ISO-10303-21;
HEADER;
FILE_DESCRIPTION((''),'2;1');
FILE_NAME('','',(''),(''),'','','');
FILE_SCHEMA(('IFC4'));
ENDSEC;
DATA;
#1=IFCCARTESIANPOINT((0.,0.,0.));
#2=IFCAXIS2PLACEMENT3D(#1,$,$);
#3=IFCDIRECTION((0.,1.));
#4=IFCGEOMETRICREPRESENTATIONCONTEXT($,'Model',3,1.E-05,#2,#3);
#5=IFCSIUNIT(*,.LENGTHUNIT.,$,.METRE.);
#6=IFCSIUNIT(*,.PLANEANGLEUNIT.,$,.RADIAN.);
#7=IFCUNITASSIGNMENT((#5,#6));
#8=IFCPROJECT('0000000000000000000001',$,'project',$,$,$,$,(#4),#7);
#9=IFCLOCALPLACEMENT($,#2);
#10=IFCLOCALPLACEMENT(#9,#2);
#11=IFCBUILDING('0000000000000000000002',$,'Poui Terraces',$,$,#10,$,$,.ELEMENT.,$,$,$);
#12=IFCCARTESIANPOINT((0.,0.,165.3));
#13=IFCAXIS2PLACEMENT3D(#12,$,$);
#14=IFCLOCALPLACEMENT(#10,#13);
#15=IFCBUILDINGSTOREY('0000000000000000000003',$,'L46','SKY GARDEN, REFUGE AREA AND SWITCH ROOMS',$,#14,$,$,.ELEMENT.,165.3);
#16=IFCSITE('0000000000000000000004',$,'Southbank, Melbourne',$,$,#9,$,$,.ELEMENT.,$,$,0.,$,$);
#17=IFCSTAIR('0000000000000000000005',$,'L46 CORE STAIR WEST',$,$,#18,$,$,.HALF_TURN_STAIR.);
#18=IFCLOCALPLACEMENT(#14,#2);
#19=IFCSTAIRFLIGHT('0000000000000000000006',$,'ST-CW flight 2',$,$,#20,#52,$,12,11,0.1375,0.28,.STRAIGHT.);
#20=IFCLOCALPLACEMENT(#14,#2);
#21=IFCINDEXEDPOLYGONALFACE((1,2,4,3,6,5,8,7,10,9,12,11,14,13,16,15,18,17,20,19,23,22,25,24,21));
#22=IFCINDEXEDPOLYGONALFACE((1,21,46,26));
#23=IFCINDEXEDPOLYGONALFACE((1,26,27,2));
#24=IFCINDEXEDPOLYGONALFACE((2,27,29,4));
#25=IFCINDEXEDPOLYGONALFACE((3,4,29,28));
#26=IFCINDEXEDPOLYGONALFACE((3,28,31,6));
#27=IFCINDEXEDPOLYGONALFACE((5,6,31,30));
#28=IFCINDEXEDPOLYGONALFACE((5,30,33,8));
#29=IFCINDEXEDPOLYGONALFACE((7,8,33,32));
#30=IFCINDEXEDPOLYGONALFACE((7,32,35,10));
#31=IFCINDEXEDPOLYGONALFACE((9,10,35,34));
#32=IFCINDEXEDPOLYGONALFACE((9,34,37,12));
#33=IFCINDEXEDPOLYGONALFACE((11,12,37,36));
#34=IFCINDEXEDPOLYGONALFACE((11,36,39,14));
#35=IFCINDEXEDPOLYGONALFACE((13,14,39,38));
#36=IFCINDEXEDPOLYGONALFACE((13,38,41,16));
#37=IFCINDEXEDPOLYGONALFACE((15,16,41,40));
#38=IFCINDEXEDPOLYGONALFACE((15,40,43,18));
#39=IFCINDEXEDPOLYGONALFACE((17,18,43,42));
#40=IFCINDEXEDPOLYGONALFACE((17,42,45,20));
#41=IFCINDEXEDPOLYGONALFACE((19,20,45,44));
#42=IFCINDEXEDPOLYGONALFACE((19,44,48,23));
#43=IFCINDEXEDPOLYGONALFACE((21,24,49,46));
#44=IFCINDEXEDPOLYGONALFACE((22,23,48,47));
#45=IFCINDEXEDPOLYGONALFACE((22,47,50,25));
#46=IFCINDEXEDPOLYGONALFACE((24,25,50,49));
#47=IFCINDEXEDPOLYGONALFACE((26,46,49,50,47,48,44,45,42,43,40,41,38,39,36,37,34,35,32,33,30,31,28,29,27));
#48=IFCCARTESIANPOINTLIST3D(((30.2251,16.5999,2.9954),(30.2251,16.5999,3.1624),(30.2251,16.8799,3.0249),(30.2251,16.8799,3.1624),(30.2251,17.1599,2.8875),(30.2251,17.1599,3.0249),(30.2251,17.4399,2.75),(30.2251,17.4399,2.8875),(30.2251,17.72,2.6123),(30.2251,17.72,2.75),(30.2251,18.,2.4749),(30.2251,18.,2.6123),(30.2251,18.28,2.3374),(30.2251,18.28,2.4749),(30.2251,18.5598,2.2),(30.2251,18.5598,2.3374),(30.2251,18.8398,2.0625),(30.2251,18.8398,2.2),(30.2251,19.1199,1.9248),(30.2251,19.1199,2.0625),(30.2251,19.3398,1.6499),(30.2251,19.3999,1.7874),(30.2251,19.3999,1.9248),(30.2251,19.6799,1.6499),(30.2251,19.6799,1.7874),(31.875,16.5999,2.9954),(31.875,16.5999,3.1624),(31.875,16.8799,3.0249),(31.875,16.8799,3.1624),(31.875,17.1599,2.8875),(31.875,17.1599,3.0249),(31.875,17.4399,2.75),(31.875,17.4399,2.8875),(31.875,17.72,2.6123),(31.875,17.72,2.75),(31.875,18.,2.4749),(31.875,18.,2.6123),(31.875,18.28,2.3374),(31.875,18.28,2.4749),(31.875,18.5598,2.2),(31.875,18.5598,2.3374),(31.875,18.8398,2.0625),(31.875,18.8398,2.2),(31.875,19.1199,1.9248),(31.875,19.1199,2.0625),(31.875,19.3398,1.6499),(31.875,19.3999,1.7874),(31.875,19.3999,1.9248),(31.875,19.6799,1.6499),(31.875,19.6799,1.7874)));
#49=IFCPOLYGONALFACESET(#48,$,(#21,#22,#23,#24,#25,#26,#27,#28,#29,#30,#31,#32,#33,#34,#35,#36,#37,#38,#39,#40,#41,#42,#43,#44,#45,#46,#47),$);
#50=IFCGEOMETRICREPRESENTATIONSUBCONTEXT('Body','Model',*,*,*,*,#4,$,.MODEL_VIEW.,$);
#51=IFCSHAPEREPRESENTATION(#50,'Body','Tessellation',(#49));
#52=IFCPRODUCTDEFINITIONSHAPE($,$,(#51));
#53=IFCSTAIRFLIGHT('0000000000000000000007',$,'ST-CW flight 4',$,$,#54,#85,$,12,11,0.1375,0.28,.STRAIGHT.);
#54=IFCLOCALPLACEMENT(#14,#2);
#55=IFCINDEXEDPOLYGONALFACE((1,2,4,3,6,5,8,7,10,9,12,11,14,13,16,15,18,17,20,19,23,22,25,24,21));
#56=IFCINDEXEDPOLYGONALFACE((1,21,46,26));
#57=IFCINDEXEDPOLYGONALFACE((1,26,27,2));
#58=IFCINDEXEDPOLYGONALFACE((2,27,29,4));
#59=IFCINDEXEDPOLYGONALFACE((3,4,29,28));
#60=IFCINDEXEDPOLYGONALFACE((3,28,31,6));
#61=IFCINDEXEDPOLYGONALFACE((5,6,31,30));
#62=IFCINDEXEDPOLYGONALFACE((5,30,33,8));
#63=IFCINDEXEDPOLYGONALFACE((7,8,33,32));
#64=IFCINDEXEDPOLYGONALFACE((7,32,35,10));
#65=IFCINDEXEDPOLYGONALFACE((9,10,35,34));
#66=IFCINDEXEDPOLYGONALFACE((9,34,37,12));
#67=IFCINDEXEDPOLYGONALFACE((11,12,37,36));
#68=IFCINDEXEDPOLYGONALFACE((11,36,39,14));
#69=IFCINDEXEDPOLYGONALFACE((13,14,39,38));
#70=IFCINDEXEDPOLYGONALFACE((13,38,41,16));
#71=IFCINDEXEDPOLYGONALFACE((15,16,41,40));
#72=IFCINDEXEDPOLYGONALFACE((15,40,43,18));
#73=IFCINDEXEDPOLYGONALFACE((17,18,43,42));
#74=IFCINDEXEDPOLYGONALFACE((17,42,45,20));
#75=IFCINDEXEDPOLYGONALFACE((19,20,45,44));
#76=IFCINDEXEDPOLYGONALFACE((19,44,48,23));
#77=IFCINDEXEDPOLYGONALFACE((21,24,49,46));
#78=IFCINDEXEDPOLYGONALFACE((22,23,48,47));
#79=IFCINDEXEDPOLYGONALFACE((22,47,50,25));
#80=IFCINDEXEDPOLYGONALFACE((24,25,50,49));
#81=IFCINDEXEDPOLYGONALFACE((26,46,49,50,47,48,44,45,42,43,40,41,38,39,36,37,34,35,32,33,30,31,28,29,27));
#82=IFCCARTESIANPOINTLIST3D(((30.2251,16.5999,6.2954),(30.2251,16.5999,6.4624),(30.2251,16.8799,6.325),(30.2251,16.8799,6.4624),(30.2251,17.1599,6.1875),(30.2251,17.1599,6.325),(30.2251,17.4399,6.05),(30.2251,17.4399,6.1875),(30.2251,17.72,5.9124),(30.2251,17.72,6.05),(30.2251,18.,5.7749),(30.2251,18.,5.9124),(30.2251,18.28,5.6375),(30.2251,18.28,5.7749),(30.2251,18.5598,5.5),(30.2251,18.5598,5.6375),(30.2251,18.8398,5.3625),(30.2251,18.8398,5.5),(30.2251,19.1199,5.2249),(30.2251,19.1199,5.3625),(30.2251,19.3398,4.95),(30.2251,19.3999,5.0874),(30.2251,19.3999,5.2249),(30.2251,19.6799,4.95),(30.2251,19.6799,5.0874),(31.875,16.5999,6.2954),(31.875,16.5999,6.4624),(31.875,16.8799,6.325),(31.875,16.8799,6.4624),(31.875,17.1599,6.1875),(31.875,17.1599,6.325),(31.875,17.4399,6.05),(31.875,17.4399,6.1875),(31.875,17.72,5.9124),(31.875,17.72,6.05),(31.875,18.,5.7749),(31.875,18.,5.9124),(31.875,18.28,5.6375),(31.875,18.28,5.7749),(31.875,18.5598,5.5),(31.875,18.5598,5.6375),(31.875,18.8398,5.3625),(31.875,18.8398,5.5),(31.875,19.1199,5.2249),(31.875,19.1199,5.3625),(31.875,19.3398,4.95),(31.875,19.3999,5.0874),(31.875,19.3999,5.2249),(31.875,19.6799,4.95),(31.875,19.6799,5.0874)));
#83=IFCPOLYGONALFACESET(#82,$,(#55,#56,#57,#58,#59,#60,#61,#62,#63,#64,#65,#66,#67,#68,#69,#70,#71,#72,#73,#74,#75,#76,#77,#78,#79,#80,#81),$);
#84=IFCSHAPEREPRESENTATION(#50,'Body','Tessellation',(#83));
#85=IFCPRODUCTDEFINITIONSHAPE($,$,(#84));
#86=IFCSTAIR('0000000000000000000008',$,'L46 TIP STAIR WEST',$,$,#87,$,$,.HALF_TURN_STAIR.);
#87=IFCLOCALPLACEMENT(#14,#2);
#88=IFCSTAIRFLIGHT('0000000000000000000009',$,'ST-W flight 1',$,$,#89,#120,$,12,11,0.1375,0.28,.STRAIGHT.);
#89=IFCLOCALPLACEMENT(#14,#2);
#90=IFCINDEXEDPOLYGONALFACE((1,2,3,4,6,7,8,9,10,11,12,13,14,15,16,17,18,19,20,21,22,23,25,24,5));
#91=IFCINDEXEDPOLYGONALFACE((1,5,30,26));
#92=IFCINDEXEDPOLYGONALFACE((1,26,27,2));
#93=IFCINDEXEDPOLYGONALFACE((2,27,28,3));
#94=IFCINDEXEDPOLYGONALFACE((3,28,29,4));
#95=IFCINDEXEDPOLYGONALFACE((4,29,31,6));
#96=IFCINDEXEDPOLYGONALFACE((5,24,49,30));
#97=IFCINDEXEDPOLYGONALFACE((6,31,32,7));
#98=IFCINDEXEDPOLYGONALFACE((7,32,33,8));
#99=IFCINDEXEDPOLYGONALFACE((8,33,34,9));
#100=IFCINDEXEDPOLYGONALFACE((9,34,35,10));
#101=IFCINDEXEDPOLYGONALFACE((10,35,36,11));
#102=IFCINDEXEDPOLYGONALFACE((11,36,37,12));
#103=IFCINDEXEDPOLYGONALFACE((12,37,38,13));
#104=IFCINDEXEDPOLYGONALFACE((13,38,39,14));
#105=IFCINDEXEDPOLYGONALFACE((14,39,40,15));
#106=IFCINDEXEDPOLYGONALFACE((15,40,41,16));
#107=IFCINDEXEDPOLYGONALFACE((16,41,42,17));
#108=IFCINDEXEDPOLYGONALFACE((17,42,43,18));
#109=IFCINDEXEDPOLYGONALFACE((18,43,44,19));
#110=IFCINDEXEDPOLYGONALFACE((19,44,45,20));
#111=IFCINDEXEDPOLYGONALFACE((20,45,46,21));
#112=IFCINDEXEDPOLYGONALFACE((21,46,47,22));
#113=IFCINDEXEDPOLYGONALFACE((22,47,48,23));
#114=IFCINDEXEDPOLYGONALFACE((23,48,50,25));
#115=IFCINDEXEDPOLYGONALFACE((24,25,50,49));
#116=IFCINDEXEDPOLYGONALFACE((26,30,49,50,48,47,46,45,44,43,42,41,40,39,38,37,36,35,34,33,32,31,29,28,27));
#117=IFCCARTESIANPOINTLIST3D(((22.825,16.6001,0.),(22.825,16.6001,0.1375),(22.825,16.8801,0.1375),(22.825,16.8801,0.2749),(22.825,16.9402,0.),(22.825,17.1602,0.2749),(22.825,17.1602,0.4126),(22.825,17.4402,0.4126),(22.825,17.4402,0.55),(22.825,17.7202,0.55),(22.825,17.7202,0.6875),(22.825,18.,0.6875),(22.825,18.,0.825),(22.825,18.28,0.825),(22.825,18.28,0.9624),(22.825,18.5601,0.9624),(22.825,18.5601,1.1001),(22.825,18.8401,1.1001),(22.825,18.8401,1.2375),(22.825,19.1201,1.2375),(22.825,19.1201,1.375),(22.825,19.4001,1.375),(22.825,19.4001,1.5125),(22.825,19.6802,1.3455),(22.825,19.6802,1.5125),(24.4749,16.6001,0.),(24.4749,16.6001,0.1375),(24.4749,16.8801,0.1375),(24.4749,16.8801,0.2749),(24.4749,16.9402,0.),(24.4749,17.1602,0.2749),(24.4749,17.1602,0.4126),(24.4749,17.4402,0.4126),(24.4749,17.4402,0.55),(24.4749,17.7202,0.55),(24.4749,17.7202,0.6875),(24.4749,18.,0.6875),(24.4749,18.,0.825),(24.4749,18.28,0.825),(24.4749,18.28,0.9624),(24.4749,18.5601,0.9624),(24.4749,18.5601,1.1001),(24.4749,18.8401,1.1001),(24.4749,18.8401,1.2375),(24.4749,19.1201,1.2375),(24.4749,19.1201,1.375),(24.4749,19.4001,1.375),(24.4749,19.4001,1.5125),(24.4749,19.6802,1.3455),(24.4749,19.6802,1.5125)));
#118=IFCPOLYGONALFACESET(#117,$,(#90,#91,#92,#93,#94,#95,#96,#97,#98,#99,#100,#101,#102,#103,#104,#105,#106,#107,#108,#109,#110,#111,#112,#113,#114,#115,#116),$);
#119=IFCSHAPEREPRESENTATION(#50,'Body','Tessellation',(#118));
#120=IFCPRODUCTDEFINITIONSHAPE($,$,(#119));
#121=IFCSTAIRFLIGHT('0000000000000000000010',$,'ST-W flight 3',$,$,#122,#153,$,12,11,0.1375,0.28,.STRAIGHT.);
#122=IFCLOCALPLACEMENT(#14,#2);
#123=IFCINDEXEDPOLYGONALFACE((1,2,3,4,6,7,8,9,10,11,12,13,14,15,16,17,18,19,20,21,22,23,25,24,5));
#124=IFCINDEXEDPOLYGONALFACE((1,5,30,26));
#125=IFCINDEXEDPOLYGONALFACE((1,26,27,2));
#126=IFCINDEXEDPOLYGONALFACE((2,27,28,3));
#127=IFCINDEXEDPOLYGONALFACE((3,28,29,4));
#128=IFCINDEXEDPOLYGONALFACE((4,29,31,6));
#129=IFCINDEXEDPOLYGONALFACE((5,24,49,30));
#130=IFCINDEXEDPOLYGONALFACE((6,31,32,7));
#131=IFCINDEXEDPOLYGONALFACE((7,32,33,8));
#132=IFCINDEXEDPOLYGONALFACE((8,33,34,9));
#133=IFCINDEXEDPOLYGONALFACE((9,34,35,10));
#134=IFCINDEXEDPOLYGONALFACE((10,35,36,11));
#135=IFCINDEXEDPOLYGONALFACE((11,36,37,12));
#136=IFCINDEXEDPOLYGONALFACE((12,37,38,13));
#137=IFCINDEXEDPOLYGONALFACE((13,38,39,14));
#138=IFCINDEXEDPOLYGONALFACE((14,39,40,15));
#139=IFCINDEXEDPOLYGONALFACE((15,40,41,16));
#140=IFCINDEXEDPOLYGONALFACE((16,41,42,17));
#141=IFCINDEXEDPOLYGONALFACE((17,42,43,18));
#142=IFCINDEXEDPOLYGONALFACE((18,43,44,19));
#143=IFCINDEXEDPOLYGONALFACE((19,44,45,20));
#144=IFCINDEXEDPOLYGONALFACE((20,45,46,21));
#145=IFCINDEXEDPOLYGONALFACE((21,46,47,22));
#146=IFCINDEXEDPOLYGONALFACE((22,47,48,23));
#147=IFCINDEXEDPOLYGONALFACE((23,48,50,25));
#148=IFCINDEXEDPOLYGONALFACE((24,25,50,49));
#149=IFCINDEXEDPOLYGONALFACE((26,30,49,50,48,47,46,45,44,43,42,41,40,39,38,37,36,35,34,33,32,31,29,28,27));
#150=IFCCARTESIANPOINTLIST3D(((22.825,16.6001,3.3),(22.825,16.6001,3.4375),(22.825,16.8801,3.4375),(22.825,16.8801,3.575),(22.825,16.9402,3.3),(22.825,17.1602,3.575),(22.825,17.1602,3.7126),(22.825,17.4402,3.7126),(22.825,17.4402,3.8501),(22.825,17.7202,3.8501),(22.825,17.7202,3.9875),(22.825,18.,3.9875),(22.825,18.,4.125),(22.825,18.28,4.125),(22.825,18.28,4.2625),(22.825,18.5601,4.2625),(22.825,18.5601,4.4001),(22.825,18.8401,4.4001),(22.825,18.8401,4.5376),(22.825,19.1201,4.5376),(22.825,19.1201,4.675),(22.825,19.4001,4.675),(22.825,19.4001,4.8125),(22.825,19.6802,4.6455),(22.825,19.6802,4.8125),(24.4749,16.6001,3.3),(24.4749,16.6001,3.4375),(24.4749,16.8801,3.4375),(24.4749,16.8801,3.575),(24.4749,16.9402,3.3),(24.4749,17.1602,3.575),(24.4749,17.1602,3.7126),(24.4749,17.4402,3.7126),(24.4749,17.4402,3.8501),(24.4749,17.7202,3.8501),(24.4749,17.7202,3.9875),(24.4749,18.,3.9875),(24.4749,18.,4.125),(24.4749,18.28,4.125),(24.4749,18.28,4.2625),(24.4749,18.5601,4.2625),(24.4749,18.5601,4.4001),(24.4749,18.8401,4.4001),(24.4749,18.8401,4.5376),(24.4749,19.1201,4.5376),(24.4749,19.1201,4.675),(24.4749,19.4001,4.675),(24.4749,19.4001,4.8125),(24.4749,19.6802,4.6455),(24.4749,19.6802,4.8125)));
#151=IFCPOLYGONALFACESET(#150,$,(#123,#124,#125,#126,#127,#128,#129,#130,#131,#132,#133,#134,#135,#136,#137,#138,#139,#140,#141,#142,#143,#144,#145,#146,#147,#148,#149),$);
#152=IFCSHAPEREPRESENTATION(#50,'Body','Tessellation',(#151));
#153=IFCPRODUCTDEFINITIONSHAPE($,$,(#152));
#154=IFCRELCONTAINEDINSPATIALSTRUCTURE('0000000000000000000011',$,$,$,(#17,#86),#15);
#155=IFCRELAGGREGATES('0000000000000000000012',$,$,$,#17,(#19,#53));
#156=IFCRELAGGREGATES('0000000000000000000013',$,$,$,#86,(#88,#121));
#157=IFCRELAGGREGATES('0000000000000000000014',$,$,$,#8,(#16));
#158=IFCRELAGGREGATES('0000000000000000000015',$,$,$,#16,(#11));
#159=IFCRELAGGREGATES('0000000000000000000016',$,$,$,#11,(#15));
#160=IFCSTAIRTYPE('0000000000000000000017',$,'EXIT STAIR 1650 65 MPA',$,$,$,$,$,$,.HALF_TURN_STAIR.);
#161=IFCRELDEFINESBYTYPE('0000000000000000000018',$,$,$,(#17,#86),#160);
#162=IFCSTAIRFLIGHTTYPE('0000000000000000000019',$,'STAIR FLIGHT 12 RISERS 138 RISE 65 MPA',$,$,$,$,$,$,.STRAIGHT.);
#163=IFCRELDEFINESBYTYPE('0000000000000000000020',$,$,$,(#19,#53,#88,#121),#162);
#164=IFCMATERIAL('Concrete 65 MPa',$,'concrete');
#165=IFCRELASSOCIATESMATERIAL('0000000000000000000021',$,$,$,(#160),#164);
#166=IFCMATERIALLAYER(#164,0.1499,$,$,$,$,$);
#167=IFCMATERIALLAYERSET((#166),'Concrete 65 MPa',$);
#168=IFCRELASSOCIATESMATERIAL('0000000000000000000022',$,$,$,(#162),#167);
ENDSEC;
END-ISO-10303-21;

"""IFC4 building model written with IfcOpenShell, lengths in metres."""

from ifc_helpers import new_model, si_unit, direction, frame, origin, place, context, subcontext, project, spatial, polyline, outline, extrude, material, layer, layer_set, type_object, element, aggregate, save


model = new_model("IFC4")

# Units and contexts
model_context = context("Model", 3, precision=1e-05, world=origin(), true_north=direction((0.0, 1.0)))
body_context = subcontext(model_context, "Body", "Model", "MODEL_VIEW")
ifc_project = project(units=[si_unit("LENGTHUNIT", "METRE"), si_unit("PLANEANGLEUNIT", "RADIAN")], contexts=[model_context])

# Site, building, storey
site_placement = place(None, origin())
site = spatial("IfcSite", under=ifc_project, at=site_placement, Name="Southbank, Melbourne", CompositionType="ELEMENT", RefElevation=0.0)
building_placement = place(site_placement, origin())
building = spatial("IfcBuilding", under=site, at=building_placement, Name="Poui Terraces", CompositionType="ELEMENT")
storey_placement = place(building_placement, frame((0.0, 0.0, 165.3)))
storey = spatial("IfcBuildingStorey", under=building, at=storey_placement, Name="L46", Description="SKY GARDEN, REFUGE AREA AND SWITCH ROOMS", CompositionType="ELEMENT", Elevation=165.3)

# Stairs, stair flights
ifc_material_1 = material(Name="Concrete 65 MPa", Category="concrete")
stair_type = type_object("IfcStairType", Name="EXIT STAIR 1650 65 MPA", PredefinedType="HALF_TURN_STAIR", material=ifc_material_1)
stair_1_placement = place(storey_placement, origin())
stair_1 = element("IfcStair", 1, at=stair_1_placement, inside=storey, type_object=stair_type, Name="L46 CORE STAIR WEST", PredefinedType="HALF_TURN_STAIR")
ifc_layer = layer(ifc_material_1, 0.1499)
ifc_layer_set = layer_set([ifc_layer], Name="Concrete 65 MPa")
stair_flight_type = type_object("IfcStairFlightType", Name="STAIR FLIGHT 12 RISERS 138 RISE 65 MPA", PredefinedType="STRAIGHT", material=ifc_layer_set)
stair_flight_1_placement = place(storey_placement, frame((31.05, 19.6799, 1.6499), z_axis=(0.0, 0.0, 1.0), x_axis=(0.0, -1.0, 0.0)))
stair_flight_1 = element("IfcStairFlight", 2, at=stair_flight_1_placement, type_object=stair_flight_type, Name="ST-CW flight 2", NumberOfRisers=12, NumberOfTreads=11, PredefinedType="STRAIGHT", RiserHeight=0.1375, TreadLength=0.28, context=body_context, shape_type="SweptSolid", body=[
    extrude(outline(polyline([(0.0, 0.0), (0.0, 0.1375), (0.28, 0.1375), (0.28, 0.2749), (0.5601, 0.2749), (0.5601, 0.4126), (0.8401, 0.4126), (0.8401, 0.55), (1.1201, 0.55), (1.1201, 0.6875), (1.3999, 0.6875), (1.3999, 0.825), (1.6799, 0.825), (1.6799, 0.9624), (1.96, 0.9624), (1.96, 1.1001), (2.24, 1.1001), (2.24, 1.2375), (2.52, 1.2375), (2.52, 1.375), (2.8, 1.375), (2.8, 1.5125), (3.0801, 1.5125), (3.0801, 1.6499), (3.0801, 1.3455), (0.3401, 0.0), (0.0, 0.0)])), frame((0.0, 0.825, 0.0), z_axis=(0.0, -1.0, 0.0), x_axis=(1.0, 0.0, 0.0)), (0.0, 0.0, 1.0), 1.6499),
])
stair_flight_2_placement = place(storey_placement, frame((31.05, 19.6799, 4.95), z_axis=(0.0, 0.0, 1.0), x_axis=(0.0, -1.0, 0.0)))
stair_flight_2 = element("IfcStairFlight", 3, at=stair_flight_2_placement, type_object=stair_flight_type, Name="ST-CW flight 4", NumberOfRisers=12, NumberOfTreads=11, PredefinedType="STRAIGHT", RiserHeight=0.1375, TreadLength=0.28, context=body_context, shape_type="SweptSolid", body=[
    extrude(outline(polyline([(0.0, 0.0), (0.0, 0.1375), (0.28, 0.1375), (0.28, 0.2749), (0.5601, 0.2749), (0.5601, 0.4126), (0.8401, 0.4126), (0.8401, 0.55), (1.1201, 0.55), (1.1201, 0.6875), (1.3999, 0.6875), (1.3999, 0.825), (1.6799, 0.825), (1.6799, 0.9624), (1.96, 0.9624), (1.96, 1.1001), (2.24, 1.1001), (2.24, 1.2375), (2.52, 1.2375), (2.52, 1.375), (2.8, 1.375), (2.8, 1.5125), (3.0801, 1.5125), (3.0801, 1.6499), (3.0801, 1.3455), (0.3401, 0.0), (0.0, 0.0)])), frame((0.0, 0.825, 0.0), z_axis=(0.0, -1.0, 0.0), x_axis=(1.0, 0.0, 0.0)), (0.0, 0.0, 1.0), 1.6499),
])
aggregate(stair_1, [stair_flight_1, stair_flight_2])
stair_2_placement = place(storey_placement, origin())
stair_2 = element("IfcStair", 4, at=stair_2_placement, inside=storey, type_object=stair_type, Name="L46 TIP STAIR WEST", PredefinedType="HALF_TURN_STAIR")
stair_flight_3_placement = place(storey_placement, frame((23.6499, 16.6001, 0.0), z_axis=(0.0, 0.0, 1.0), x_axis=(0.0, 1.0, 0.0)))
stair_flight_3 = element("IfcStairFlight", 5, at=stair_flight_3_placement, type_object=stair_flight_type, Name="ST-W flight 1", NumberOfRisers=12, NumberOfTreads=11, PredefinedType="STRAIGHT", RiserHeight=0.1375, TreadLength=0.28, context=body_context, shape_type="SweptSolid", body=[
    extrude(outline(polyline([(0.0, 0.0), (0.0, 0.1375), (0.28, 0.1375), (0.28, 0.2749), (0.5601, 0.2749), (0.5601, 0.4126), (0.8401, 0.4126), (0.8401, 0.55), (1.1201, 0.55), (1.1201, 0.6875), (1.3999, 0.6875), (1.3999, 0.825), (1.6799, 0.825), (1.6799, 0.9624), (1.96, 0.9624), (1.96, 1.1001), (2.24, 1.1001), (2.24, 1.2375), (2.52, 1.2375), (2.52, 1.375), (2.8, 1.375), (2.8, 1.5125), (3.0801, 1.5125), (3.0801, 1.6499), (3.0801, 1.3455), (0.3401, 0.0), (0.0, 0.0)])), frame((0.0, 0.825, 0.0), z_axis=(0.0, -1.0, 0.0), x_axis=(1.0, 0.0, 0.0)), (0.0, 0.0, 1.0), 1.6499),
])
stair_flight_4_placement = place(storey_placement, frame((23.6499, 16.6001, 3.3), z_axis=(0.0, 0.0, 1.0), x_axis=(0.0, 1.0, 0.0)))
stair_flight_4 = element("IfcStairFlight", 6, at=stair_flight_4_placement, type_object=stair_flight_type, Name="ST-W flight 3", NumberOfRisers=12, NumberOfTreads=11, PredefinedType="STRAIGHT", RiserHeight=0.1375, TreadLength=0.28, context=body_context, shape_type="SweptSolid", body=[
    extrude(outline(polyline([(0.0, 0.0), (0.0, 0.1375), (0.28, 0.1375), (0.28, 0.2749), (0.5601, 0.2749), (0.5601, 0.4126), (0.8401, 0.4126), (0.8401, 0.55), (1.1201, 0.55), (1.1201, 0.6875), (1.3999, 0.6875), (1.3999, 0.825), (1.6799, 0.825), (1.6799, 0.9624), (1.96, 0.9624), (1.96, 1.1001), (2.24, 1.1001), (2.24, 1.2375), (2.52, 1.2375), (2.52, 1.375), (2.8, 1.375), (2.8, 1.5125), (3.0801, 1.5125), (3.0801, 1.6499), (3.0801, 1.3455), (0.3401, 0.0), (0.0, 0.0)])), frame((0.0, 0.825, 0.0), z_axis=(0.0, -1.0, 0.0), x_axis=(1.0, 0.0, 0.0)), (0.0, 0.0, 1.0), 1.6499),
])
aggregate(stair_2, [stair_flight_3, stair_flight_4])

save(model, "model.ifc")
